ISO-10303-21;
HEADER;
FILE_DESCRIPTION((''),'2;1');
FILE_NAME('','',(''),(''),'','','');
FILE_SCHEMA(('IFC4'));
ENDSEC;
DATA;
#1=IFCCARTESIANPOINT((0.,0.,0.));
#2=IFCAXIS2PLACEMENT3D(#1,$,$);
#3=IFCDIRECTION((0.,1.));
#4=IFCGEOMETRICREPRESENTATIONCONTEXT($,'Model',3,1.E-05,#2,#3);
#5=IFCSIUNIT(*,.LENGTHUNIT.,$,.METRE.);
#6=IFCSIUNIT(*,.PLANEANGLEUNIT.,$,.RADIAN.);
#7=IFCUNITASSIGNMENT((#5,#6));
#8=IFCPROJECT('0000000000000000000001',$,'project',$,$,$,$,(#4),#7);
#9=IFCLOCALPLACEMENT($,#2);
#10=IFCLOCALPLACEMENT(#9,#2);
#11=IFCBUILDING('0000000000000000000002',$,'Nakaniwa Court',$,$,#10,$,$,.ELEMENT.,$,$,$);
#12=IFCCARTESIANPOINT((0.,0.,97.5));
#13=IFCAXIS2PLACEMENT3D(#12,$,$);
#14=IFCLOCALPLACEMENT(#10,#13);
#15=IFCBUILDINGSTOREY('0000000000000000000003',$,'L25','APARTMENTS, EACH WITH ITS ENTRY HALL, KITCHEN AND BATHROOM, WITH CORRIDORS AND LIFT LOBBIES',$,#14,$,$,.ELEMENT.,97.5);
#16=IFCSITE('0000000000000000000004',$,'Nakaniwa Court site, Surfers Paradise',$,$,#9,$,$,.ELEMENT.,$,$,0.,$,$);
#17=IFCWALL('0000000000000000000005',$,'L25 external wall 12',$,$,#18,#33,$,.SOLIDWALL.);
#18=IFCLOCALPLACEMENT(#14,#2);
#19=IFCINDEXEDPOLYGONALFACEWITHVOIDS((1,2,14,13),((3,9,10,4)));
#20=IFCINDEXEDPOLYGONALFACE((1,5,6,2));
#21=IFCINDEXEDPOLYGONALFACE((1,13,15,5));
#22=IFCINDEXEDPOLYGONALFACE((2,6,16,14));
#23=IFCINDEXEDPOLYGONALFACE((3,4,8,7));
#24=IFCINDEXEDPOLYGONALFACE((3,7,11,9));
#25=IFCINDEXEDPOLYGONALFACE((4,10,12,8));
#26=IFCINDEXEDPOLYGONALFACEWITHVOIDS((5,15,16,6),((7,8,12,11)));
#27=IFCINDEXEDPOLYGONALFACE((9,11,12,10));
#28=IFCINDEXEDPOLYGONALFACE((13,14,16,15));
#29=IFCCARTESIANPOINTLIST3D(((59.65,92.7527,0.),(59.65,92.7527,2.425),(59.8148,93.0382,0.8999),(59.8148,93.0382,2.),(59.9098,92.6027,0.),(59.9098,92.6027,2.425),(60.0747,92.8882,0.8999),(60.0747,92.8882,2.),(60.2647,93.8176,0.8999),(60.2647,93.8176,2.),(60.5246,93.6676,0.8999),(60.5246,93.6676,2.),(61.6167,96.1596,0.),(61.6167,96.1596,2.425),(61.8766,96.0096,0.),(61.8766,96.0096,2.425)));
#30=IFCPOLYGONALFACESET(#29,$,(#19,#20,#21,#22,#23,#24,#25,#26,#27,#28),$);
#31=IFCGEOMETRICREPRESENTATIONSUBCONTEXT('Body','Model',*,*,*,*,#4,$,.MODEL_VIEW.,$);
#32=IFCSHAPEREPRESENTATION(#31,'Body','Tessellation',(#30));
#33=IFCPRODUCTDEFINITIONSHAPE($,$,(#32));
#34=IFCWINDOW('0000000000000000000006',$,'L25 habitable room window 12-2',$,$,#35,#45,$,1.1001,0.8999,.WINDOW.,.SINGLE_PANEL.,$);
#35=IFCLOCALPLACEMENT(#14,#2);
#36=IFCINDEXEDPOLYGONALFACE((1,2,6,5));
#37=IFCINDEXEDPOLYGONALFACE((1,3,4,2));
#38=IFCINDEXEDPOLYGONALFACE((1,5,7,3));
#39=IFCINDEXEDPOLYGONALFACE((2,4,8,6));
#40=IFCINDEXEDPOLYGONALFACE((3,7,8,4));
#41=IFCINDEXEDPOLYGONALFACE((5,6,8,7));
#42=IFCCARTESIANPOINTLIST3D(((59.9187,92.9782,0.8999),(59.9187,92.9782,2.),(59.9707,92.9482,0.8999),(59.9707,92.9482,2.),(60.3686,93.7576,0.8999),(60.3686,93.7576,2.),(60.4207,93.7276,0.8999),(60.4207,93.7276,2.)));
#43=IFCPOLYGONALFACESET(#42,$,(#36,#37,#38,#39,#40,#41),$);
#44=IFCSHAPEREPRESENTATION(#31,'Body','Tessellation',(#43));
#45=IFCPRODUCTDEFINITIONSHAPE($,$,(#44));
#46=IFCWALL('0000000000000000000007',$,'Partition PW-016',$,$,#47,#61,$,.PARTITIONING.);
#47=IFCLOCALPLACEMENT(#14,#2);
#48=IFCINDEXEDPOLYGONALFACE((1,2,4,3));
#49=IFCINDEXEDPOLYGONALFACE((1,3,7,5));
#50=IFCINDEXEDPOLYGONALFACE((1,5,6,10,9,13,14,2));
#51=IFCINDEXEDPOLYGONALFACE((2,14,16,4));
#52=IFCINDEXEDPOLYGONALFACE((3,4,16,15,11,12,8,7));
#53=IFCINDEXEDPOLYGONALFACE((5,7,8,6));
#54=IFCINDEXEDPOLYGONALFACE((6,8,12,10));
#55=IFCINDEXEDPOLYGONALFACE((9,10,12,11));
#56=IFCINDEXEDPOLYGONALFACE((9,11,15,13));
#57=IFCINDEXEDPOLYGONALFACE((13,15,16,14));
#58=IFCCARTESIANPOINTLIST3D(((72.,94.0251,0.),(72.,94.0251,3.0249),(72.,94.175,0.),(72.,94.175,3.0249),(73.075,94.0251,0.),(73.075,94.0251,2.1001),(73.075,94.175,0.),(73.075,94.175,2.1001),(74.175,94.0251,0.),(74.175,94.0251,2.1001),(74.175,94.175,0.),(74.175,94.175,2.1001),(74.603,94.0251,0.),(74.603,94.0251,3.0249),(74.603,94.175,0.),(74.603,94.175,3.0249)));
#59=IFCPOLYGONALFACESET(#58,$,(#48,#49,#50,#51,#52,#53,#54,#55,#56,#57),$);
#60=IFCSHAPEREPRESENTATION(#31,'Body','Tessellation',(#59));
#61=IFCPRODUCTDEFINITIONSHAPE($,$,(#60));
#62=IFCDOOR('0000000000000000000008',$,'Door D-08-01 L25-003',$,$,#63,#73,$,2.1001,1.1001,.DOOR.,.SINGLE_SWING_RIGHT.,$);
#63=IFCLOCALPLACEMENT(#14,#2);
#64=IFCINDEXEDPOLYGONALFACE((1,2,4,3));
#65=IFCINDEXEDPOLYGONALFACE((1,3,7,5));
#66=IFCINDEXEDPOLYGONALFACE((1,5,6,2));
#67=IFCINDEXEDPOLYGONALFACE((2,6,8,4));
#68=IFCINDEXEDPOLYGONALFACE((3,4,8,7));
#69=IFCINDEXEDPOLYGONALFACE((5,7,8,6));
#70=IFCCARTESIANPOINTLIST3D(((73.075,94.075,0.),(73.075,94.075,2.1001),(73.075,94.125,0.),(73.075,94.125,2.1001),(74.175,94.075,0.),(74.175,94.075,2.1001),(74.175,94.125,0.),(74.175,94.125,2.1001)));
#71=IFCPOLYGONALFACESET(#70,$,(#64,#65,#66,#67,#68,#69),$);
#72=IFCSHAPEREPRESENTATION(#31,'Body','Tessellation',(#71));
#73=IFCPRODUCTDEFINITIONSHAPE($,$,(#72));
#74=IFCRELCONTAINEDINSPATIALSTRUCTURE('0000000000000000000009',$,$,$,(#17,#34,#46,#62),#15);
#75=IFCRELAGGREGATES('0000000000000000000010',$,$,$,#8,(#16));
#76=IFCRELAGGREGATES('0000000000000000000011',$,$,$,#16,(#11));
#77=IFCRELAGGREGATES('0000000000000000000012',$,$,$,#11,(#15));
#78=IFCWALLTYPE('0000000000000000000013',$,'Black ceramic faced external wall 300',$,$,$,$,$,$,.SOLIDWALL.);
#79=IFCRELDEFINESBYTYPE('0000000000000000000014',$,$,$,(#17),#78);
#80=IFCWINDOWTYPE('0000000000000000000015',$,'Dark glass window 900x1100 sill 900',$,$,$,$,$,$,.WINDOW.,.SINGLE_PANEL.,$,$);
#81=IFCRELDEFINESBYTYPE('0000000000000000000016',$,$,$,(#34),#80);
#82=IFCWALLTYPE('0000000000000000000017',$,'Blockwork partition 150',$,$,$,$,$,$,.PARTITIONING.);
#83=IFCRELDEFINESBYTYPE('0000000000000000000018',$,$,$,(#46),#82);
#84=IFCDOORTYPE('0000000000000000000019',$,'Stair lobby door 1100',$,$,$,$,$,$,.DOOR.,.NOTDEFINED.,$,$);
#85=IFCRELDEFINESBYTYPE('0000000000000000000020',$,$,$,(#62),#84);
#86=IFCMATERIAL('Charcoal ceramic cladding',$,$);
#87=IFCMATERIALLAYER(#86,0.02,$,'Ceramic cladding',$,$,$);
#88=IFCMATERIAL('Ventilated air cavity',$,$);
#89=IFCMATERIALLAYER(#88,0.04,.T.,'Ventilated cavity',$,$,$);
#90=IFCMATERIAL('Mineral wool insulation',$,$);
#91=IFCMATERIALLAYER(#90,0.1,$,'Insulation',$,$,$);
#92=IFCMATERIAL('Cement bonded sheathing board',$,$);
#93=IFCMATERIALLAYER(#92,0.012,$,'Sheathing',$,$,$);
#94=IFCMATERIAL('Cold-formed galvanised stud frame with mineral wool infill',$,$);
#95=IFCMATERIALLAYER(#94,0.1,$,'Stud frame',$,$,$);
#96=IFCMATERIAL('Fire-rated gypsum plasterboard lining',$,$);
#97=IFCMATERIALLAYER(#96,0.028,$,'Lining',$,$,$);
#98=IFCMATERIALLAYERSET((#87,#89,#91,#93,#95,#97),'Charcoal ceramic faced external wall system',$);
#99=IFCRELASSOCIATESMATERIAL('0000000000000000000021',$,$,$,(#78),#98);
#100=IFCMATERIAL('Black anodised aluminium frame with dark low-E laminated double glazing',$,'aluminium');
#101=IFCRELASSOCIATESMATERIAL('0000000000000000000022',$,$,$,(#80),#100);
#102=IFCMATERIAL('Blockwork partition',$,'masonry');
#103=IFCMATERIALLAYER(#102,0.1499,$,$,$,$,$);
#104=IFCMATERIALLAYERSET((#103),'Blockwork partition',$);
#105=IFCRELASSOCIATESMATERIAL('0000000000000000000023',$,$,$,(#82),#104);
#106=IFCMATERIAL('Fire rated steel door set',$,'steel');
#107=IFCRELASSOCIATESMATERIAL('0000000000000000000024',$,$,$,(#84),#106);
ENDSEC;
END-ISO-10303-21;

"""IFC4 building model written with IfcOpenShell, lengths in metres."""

from ifc_helpers import new_model, si_unit, direction, frame, frame_2d, origin, place, context, subcontext, project, spatial, rectangle, extrude, material, layer, layer_set, type_object, element, fill, save


model = new_model("IFC4")

# Units and contexts
model_context = context("Model", 3, precision=1e-05, world=origin(), true_north=direction((0.0, 1.0)))
body_context = subcontext(model_context, "Body", "Model", "MODEL_VIEW")
ifc_project = project(units=[si_unit("LENGTHUNIT", "METRE"), si_unit("PLANEANGLEUNIT", "RADIAN")], contexts=[model_context])

# Site, building, storey
site_placement = place(None, origin())
site = spatial("IfcSite", under=ifc_project, at=site_placement, Name="Nakaniwa Court site, Surfers Paradise", CompositionType="ELEMENT", RefElevation=0.0)
building_placement = place(site_placement, origin())
building = spatial("IfcBuilding", under=site, at=building_placement, Name="Nakaniwa Court", CompositionType="ELEMENT")
storey_placement = place(building_placement, frame((0.0, 0.0, 97.5)))
storey = spatial("IfcBuildingStorey", under=building, at=storey_placement, Name="L25", Description="APARTMENTS, EACH WITH ITS ENTRY HALL, KITCHEN AND BATHROOM, WITH CORRIDORS AND LIFT LOBBIES", CompositionType="ELEMENT", Elevation=97.5)

# Wall, opening, window
ifc_material_1 = material(Name="Charcoal ceramic cladding")
ifc_layer_1 = layer(ifc_material_1, 0.02, Name="Ceramic cladding")
ifc_material_2 = material(Name="Ventilated air cavity")
ifc_layer_2 = layer(ifc_material_2, 0.04, ventilated=True, Name="Ventilated cavity")
ifc_material_3 = material(Name="Mineral wool insulation")
ifc_layer_3 = layer(ifc_material_3, 0.1, Name="Insulation")
ifc_material_4 = material(Name="Cement bonded sheathing board")
ifc_layer_4 = layer(ifc_material_4, 0.012, Name="Sheathing")
ifc_material_5 = material(Name="Cold-formed galvanised stud frame with mineral wool infill")
ifc_layer_5 = layer(ifc_material_5, 0.1, Name="Stud frame")
ifc_material_6 = material(Name="Fire-rated gypsum plasterboard lining")
ifc_layer_6 = layer(ifc_material_6, 0.028, Name="Lining")
ifc_layer_set_1 = layer_set([ifc_layer_1, ifc_layer_2, ifc_layer_3, ifc_layer_4, ifc_layer_5, ifc_layer_6], Name="Charcoal ceramic faced external wall system")
wall_type_1 = type_object("IfcWallType", Name="Black ceramic faced external wall 300", PredefinedType="SOLIDWALL", material=ifc_layer_set_1)
ifc_material_7 = material(Name="Black anodised aluminium frame with dark low-E laminated double glazing", Category="aluminium")
wall_1_placement = place(storey_placement, frame((61.7466, 96.0845, 0.0), z_axis=(0.0, 0.0, 1.0), x_axis=(-0.499957, -0.86605, 0.0)))
wall_1 = element("IfcWall", 1, at=wall_1_placement, inside=storey, type_object=wall_type_1, Name="L25 external wall 12", PredefinedType="SOLIDWALL", context=body_context, shape_type="SweptSolid", body=[
    extrude(rectangle(XDim=3.9338, YDim=0.3, at=frame_2d((1.9668, 0.0))), origin(), (0.0, 0.0, 1.0), 2.425),
])
opening_1_placement = place(wall_1_placement, frame((2.7041, 0.0, 0.8999)))
opening_1 = element("IfcOpeningElement", 2, at=opening_1_placement, cuts=wall_1, PredefinedType="OPENING", context=body_context, shape_type="SweptSolid", body=[
    extrude(rectangle(XDim=0.8999, YDim=1.1001, at=frame_2d((0.45, 0.55))), frame((0.0, 0.1599, 0.0), z_axis=(0.0, -1.0, 0.0), x_axis=(1.0, 0.0, 0.0)), (0.0, 0.0, 1.0), 0.3201),
])
window_type_1 = type_object("IfcWindowType", Name="Dark glass window 900x1100 sill 900", PartitioningType="SINGLE_PANEL", PredefinedType="WINDOW", material=ifc_material_7)
window_1_placement = place(opening_1_placement, origin())
window_1 = element("IfcWindow", 3, at=window_1_placement, inside=storey, type_object=window_type_1, Name="L25 habitable room window 12-2", OverallHeight=1.1001, OverallWidth=0.8999, PartitioningType="SINGLE_PANEL", PredefinedType="WINDOW", context=body_context, shape_type="SweptSolid", body=[
    extrude(rectangle(XDim=0.8999, YDim=1.1001, at=frame_2d((0.45, 0.55))), frame((0.0, 0.03, 0.0), z_axis=(0.0, -1.0, 0.0), x_axis=(1.0, 0.0, 0.0)), (0.0, 0.0, 1.0), 0.0601),
])
fill(opening_1, window_1)

# Wall, opening, door
ifc_material_8 = material(Name="Blockwork partition", Category="masonry")
ifc_layer_7 = layer(ifc_material_8, 0.1499)
ifc_layer_set_2 = layer_set([ifc_layer_7], Name="Blockwork partition")
wall_type_2 = type_object("IfcWallType", Name="Blockwork partition 150", PredefinedType="PARTITIONING", material=ifc_layer_set_2)
wall_2_placement = place(storey_placement, frame((72.0, 94.1001, 0.0), z_axis=(0.0, 0.0, 1.0), x_axis=(1.0, 0.0, 0.0)))
wall_2 = element("IfcWall", 4, at=wall_2_placement, inside=storey, type_object=wall_type_2, Name="Partition PW-016", PredefinedType="PARTITIONING", context=body_context, shape_type="SweptSolid", body=[
    extrude(rectangle(XDim=2.603, YDim=0.1499, at=frame_2d((1.3015, 0.0))), origin(), (0.0, 0.0, 1.0), 3.0249),
])
opening_2_placement = place(wall_2_placement, frame((1.075, 0.0, 0.0)))
opening_2 = element("IfcOpeningElement", 5, at=opening_2_placement, cuts=wall_2, PredefinedType="OPENING", context=body_context, shape_type="SweptSolid", body=[
    extrude(rectangle(XDim=1.1001, YDim=2.1001, at=frame_2d((0.55, 1.05))), frame((0.0, 0.085, 0.0), z_axis=(0.0, -1.0, 0.0), x_axis=(1.0, 0.0, 0.0)), (0.0, 0.0, 1.0), 0.1699),
])
ifc_material_9 = material(Name="Fire rated steel door set", Category="steel")
door_type_1 = type_object("IfcDoorType", Name="Stair lobby door 1100", OperationType="NOTDEFINED", PredefinedType="DOOR", material=ifc_material_9)
door_1_placement = place(opening_2_placement, origin())
door_1 = element("IfcDoor", 6, at=door_1_placement, inside=storey, type_object=door_type_1, Name="Door D-08-01 L25-003", OperationType="SINGLE_SWING_RIGHT", OverallHeight=2.1001, OverallWidth=1.1001, PredefinedType="DOOR", context=body_context, shape_type="SweptSolid", body=[
    extrude(rectangle(XDim=1.1001, YDim=2.1001, at=frame_2d((0.55, 1.05))), frame((0.0, 0.0249, 0.0), z_axis=(0.0, -1.0, 0.0), x_axis=(1.0, 0.0, 0.0)), (0.0, 0.0, 1.0), 0.05),
])
fill(opening_2, door_1)

save(model, "model.ifc")
